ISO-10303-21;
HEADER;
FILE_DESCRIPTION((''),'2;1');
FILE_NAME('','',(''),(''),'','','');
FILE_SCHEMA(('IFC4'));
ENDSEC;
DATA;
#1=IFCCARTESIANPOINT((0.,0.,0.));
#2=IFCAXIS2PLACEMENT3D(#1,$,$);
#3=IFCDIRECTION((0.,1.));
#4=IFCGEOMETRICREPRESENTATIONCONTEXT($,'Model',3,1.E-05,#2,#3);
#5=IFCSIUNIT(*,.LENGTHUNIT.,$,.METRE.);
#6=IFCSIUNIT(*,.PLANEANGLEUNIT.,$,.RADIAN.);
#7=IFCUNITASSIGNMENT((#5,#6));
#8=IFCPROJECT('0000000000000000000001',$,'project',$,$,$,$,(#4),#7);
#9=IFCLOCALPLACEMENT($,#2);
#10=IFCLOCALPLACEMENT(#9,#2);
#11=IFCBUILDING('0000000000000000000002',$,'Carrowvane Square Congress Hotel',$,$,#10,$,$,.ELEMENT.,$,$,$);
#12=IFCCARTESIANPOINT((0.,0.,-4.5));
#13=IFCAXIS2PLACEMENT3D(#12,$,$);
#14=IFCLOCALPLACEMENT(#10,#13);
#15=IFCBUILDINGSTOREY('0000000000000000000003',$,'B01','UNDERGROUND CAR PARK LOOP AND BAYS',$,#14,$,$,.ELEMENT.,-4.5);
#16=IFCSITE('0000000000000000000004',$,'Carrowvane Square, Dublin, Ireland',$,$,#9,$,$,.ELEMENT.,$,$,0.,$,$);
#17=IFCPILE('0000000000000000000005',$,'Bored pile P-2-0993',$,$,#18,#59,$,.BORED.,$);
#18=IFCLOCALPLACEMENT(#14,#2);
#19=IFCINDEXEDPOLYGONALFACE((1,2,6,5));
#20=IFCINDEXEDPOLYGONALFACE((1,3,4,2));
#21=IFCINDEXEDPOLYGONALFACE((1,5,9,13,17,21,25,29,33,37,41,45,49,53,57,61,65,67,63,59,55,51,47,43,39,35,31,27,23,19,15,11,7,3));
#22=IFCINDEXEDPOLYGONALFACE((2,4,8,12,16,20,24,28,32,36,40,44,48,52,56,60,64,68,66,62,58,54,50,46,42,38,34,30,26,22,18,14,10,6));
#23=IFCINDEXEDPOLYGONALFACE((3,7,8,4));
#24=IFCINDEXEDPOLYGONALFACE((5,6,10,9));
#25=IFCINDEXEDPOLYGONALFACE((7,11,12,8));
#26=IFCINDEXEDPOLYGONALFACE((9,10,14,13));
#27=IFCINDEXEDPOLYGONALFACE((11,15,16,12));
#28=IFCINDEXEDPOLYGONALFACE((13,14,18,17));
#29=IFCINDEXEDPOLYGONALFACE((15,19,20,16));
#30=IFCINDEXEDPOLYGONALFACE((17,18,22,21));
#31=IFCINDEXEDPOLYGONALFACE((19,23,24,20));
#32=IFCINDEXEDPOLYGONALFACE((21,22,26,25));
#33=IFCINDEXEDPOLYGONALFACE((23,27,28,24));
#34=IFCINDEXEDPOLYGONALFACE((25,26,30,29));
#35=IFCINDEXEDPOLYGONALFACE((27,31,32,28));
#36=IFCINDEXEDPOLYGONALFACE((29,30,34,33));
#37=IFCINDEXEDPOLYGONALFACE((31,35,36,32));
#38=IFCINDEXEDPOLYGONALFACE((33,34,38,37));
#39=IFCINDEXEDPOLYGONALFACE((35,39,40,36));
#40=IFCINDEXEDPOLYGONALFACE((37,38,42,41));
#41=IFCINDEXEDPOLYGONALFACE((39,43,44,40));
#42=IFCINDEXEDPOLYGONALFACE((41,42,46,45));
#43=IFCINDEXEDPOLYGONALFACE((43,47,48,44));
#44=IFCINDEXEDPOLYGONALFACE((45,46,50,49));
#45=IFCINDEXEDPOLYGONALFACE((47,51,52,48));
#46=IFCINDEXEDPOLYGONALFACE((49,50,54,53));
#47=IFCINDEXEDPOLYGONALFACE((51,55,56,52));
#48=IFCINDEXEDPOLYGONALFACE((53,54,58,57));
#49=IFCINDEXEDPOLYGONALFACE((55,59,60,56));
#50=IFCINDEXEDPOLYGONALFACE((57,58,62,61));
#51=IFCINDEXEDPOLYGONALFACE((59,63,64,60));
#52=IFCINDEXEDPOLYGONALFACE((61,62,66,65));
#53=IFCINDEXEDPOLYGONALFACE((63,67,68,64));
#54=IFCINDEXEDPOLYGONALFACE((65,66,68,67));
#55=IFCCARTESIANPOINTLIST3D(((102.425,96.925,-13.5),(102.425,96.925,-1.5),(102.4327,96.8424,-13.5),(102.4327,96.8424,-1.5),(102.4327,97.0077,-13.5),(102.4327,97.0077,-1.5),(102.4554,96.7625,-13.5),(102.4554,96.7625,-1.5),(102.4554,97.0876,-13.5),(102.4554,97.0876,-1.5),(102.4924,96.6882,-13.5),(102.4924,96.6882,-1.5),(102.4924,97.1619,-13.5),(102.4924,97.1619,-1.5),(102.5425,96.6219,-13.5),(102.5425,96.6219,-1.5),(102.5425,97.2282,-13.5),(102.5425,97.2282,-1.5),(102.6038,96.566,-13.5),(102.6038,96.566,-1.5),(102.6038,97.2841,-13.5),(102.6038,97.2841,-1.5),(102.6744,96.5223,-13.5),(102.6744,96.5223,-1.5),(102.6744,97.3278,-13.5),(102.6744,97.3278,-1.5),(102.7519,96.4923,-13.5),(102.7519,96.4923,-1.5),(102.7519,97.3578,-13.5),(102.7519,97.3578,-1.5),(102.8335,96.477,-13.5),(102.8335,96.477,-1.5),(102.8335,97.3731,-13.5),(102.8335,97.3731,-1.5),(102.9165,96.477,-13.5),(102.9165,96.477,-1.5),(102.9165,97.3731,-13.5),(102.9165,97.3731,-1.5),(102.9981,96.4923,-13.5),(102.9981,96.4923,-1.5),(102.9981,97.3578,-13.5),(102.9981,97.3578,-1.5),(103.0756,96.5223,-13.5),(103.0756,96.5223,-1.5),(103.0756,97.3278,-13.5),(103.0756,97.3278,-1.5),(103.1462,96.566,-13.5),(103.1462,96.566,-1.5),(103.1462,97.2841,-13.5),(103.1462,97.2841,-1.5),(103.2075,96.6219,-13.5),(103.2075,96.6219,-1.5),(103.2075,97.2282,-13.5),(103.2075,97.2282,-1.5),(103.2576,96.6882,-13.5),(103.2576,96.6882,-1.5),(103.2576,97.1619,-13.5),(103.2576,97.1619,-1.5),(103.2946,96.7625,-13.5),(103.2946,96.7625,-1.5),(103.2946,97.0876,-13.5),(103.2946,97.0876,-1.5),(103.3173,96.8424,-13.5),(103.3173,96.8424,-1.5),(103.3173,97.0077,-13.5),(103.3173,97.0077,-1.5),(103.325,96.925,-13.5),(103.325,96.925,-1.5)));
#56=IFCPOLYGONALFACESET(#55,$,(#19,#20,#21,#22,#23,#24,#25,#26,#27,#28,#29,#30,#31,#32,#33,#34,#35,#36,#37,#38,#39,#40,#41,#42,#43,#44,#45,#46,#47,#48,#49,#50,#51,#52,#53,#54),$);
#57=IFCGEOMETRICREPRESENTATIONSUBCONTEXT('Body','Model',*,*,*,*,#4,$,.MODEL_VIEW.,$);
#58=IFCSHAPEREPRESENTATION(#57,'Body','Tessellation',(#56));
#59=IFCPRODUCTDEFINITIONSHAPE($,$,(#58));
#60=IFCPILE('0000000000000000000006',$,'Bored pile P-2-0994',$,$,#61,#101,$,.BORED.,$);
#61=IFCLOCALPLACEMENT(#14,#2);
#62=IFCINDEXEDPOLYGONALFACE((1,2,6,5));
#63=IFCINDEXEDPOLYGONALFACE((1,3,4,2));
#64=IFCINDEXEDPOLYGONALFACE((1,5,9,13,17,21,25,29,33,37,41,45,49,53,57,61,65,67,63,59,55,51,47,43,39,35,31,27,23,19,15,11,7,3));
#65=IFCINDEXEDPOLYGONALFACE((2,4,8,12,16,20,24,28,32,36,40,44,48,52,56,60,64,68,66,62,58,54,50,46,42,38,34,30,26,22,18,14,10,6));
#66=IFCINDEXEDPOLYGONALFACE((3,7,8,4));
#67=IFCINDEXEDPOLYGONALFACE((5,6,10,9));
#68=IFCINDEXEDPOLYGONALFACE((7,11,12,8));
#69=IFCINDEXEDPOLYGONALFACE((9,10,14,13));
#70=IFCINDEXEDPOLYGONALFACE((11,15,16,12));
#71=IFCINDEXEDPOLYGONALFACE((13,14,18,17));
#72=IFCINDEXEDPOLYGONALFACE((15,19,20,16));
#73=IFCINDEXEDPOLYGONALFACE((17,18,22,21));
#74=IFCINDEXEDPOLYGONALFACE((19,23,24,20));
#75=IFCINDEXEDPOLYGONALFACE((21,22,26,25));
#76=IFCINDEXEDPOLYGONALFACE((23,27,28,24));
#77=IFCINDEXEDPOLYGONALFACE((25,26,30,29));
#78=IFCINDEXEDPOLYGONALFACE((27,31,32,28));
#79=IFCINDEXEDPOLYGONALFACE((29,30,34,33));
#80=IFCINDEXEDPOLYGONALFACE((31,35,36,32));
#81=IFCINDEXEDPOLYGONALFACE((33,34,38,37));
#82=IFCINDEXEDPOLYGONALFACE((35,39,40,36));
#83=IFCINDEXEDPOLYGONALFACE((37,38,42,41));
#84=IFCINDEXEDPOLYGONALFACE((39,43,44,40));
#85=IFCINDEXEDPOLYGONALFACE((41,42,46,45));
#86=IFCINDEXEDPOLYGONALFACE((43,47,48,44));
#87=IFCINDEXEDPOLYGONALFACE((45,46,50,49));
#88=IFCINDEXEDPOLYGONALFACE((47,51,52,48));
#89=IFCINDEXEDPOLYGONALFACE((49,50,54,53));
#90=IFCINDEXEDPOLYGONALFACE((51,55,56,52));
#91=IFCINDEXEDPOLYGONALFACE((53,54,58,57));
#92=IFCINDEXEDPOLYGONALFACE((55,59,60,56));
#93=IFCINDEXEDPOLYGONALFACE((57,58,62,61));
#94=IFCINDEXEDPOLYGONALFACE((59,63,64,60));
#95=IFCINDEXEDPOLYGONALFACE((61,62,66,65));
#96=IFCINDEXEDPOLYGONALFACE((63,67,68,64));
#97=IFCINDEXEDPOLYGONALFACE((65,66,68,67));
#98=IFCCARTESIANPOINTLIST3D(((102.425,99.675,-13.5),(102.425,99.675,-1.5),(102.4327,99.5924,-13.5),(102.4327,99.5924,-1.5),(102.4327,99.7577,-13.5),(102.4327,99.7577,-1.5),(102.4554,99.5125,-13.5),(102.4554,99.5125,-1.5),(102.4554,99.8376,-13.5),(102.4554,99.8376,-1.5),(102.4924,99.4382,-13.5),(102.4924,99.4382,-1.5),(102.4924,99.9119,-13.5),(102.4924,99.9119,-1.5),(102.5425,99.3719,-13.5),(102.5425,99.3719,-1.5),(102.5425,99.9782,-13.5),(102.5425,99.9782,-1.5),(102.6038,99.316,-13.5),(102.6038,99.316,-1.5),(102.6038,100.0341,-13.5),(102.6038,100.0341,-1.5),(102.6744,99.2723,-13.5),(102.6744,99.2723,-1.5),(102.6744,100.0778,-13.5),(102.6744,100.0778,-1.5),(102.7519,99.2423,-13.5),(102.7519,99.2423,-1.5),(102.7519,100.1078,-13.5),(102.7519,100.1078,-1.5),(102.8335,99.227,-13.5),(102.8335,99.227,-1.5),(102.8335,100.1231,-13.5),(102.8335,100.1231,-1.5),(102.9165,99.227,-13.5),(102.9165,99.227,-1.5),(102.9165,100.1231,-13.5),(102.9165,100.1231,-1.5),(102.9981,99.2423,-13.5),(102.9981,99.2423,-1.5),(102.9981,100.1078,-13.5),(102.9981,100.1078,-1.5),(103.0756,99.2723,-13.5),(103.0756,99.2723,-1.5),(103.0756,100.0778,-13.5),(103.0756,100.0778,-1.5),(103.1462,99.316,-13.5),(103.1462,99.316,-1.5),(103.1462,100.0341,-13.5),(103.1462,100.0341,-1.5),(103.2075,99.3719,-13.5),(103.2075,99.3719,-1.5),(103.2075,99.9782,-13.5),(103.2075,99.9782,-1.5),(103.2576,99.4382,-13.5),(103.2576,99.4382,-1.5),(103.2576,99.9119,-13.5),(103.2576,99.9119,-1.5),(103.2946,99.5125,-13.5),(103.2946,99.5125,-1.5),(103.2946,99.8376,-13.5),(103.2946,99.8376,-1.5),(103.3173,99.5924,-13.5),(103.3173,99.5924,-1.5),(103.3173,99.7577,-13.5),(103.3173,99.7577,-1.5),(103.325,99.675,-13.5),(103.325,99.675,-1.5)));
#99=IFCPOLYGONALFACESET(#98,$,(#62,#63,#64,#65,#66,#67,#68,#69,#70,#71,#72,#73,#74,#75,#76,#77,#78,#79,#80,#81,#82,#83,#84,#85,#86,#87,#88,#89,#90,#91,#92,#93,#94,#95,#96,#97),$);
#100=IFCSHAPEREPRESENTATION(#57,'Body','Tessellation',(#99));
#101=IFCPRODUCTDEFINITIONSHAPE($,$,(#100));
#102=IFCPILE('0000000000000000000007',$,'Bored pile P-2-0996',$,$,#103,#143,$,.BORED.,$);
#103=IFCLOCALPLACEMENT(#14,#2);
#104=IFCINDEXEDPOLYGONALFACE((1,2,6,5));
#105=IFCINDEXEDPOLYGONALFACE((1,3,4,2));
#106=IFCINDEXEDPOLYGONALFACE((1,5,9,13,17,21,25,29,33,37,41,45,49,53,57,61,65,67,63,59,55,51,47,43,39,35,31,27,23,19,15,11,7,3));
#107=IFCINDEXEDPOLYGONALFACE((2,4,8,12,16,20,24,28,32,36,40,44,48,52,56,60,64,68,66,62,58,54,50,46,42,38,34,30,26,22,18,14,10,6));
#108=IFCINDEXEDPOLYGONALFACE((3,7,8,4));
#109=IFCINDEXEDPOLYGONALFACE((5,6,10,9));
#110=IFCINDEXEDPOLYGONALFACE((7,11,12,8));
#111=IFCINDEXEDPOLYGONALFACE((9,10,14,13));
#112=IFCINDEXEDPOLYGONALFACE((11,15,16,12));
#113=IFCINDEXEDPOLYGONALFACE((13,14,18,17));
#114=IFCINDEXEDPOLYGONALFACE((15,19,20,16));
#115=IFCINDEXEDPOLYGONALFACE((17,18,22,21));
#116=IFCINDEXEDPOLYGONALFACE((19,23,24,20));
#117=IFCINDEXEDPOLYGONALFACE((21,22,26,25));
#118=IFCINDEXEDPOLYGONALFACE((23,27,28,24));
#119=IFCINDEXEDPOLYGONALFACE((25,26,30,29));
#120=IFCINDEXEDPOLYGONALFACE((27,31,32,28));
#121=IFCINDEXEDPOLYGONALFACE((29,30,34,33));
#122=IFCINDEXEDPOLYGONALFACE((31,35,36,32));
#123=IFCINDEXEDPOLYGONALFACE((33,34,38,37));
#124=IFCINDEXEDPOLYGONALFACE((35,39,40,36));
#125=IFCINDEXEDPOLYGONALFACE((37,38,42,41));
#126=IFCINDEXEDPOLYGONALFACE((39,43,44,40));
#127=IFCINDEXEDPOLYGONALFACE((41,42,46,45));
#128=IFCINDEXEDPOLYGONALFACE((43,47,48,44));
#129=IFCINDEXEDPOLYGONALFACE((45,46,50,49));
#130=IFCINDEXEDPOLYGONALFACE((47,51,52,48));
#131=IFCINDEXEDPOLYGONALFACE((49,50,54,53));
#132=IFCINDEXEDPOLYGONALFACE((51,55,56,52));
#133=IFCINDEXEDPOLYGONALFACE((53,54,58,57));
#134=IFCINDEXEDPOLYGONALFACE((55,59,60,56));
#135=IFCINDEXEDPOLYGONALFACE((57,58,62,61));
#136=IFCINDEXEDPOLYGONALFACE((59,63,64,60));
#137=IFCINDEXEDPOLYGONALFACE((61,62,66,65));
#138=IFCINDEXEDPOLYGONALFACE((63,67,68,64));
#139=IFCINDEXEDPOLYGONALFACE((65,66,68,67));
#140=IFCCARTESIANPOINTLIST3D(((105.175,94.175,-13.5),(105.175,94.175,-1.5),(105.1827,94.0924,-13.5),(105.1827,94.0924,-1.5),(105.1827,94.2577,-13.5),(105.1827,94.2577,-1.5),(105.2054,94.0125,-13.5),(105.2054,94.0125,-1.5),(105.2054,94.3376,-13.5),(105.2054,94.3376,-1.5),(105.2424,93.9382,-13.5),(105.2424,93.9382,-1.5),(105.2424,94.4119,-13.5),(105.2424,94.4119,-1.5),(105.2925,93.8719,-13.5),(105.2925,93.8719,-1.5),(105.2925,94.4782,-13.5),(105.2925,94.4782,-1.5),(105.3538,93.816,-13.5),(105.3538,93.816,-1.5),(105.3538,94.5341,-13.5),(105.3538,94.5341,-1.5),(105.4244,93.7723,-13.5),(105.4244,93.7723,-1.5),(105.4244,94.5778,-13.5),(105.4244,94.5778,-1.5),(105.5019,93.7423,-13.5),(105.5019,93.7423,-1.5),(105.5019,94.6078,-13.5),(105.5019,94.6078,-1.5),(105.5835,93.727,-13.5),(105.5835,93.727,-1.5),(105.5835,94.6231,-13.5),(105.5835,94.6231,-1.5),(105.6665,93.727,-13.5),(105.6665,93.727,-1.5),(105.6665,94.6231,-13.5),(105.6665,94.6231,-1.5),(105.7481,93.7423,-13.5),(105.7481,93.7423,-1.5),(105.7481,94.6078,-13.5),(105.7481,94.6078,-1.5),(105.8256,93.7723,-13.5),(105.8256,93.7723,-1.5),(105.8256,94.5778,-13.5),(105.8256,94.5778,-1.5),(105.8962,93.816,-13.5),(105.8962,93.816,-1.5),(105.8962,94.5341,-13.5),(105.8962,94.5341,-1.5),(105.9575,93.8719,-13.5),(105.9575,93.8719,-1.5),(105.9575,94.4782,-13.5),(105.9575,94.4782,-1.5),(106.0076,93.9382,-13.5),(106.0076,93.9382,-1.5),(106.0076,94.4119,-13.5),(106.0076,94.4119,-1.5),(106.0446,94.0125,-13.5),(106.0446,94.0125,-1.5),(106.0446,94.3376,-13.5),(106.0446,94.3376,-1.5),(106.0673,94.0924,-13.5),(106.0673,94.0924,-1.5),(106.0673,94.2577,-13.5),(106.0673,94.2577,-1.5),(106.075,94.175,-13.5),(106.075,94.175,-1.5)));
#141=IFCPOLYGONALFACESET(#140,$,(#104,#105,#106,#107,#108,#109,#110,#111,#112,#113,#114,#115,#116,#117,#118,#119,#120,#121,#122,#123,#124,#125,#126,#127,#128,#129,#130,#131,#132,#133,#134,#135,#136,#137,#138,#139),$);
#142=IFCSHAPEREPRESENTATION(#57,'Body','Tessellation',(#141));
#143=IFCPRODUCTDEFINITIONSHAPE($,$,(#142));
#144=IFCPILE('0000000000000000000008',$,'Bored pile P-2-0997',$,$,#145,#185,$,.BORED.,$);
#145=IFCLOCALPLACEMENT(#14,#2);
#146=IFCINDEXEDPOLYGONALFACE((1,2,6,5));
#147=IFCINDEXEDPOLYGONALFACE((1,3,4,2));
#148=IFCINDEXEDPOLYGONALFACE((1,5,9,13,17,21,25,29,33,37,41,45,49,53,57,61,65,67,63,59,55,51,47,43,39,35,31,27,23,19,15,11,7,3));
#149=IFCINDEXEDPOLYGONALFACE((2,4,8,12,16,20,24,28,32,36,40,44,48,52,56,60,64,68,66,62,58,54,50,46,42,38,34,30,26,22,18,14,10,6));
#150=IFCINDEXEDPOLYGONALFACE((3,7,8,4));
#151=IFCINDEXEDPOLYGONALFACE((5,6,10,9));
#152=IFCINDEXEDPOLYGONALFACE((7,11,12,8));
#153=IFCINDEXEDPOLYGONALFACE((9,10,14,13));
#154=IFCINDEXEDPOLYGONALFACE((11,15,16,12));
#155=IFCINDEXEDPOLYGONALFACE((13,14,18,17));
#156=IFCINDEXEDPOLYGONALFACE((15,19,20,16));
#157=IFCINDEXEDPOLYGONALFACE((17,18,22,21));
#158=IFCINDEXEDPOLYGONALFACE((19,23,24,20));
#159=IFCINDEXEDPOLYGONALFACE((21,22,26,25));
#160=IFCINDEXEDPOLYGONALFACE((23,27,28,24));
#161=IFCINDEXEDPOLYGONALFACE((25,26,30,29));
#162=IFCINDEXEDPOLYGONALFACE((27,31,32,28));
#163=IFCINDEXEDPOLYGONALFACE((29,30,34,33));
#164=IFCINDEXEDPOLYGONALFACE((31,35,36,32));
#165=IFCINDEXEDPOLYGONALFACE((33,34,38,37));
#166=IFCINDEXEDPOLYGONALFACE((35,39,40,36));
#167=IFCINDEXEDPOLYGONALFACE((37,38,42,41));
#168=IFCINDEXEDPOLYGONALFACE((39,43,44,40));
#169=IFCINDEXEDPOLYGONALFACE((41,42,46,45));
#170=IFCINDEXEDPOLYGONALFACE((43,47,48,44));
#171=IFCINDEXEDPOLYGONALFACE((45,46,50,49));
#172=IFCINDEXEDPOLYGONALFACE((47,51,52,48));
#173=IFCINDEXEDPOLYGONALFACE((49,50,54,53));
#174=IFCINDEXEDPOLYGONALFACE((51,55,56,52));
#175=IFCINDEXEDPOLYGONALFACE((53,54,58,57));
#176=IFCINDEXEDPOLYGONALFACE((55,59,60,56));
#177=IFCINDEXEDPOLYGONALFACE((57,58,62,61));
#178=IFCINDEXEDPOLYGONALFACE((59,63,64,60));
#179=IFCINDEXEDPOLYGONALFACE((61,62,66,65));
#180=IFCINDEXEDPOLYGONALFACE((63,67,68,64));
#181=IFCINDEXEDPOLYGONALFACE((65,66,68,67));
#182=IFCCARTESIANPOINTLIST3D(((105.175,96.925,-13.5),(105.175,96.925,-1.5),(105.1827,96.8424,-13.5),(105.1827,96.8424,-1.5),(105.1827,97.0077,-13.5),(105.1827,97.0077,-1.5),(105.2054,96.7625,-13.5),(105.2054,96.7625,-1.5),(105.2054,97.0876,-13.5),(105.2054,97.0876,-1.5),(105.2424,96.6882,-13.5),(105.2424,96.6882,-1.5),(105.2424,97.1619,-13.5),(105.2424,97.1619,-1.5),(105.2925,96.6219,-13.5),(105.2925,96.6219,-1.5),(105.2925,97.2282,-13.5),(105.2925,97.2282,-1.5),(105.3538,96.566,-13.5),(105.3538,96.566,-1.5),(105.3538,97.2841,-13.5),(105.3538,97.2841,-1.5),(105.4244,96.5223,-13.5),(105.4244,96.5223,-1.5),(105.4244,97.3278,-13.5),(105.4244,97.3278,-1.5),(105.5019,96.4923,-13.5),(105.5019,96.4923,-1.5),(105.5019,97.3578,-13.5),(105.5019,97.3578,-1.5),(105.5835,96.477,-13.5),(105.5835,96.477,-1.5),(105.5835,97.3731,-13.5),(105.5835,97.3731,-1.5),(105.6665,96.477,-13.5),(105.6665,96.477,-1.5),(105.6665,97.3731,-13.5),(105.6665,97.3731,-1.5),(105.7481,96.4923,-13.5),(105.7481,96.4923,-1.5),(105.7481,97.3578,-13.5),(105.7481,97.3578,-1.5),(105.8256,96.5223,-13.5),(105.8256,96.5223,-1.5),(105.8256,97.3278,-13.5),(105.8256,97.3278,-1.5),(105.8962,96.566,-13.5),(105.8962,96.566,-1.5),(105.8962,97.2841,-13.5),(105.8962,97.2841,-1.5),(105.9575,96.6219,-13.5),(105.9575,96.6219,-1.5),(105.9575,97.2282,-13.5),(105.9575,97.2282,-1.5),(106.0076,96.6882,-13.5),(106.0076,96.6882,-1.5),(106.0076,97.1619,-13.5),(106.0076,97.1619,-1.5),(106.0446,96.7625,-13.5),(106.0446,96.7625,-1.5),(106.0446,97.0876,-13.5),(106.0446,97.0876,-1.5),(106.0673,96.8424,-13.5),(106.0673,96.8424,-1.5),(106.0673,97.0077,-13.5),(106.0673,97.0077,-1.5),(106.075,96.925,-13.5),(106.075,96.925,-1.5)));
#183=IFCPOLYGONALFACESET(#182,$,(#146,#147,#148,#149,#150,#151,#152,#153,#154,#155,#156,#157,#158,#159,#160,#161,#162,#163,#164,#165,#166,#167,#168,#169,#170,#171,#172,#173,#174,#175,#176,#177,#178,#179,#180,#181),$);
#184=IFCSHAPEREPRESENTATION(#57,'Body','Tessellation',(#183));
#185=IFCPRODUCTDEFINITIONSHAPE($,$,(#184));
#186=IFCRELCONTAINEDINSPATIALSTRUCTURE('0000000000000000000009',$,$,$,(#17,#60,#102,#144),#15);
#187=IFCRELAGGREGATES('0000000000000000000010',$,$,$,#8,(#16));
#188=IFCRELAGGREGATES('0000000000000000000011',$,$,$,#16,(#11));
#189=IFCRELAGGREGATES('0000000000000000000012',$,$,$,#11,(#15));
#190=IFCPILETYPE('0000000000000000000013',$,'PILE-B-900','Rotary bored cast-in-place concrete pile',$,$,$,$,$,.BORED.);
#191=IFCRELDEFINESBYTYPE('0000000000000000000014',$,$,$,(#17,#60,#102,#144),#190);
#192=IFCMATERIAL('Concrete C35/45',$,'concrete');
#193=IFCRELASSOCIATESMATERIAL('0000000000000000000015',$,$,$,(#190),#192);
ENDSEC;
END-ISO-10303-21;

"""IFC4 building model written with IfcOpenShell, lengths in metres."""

from ifc_helpers import new_model, si_unit, direction, frame, origin, origin_2d, place, context, subcontext, project, spatial, circle, extrude, material, material_profile, profile_set, type_object, element, save


model = new_model("IFC4")

# Units and contexts
model_context = context("Model", 3, precision=1e-05, world=origin(), true_north=direction((0.0, 1.0)))
body_context = subcontext(model_context, "Body", "Model", "MODEL_VIEW")
ifc_project = project(units=[si_unit("LENGTHUNIT", "METRE"), si_unit("PLANEANGLEUNIT", "RADIAN")], contexts=[model_context])

# Site, building, storey
site_placement = place(None, origin())
site = spatial("IfcSite", under=ifc_project, at=site_placement, Name="Carrowvane Square, Dublin, Ireland", CompositionType="ELEMENT", RefElevation=0.0)
building_placement = place(site_placement, origin())
building = spatial("IfcBuilding", under=site, at=building_placement, Name="Carrowvane Square Congress Hotel", CompositionType="ELEMENT")
storey_placement = place(building_placement, frame((0.0, 0.0, -4.5)))
storey = spatial("IfcBuildingStorey", under=building, at=storey_placement, Name="B01", Description="UNDERGROUND CAR PARK LOOP AND BAYS", CompositionType="ELEMENT", Elevation=-4.5)

# Piles
ifc_material_1 = material(Name="Concrete C35/45", Category="concrete")
ifc_material_profile_1 = material_profile(ifc_material_1, circle(Radius=0.45, at=origin_2d()), Name="PILE D900")
ifc_profile_set_1 = profile_set([ifc_material_profile_1], Name="Concrete C35/45")
pile_type = type_object("IfcPileType", Name="PILE-B-900", Description="Rotary bored cast-in-place concrete pile", PredefinedType="BORED", material=ifc_profile_set_1)
for number, where, z_axis, x_axis, name in (
    (1, (102.875, 96.925, -1.5), (0.0, 0.0, -1.0), (1.0, 0.0, 0.0), "Bored pile P-2-0993"),
    (2, (102.875, 99.675, -1.5), (0.0, 0.0, -1.0), (1.0, 0.0, 0.0), "Bored pile P-2-0994"),
    (3, (105.625, 94.175, -1.5), (0.0, 0.0, -1.0), (1.0, 0.0, 0.0), "Bored pile P-2-0996"),
    (4, (105.625, 96.925, -1.5), (0.0, 0.0, -1.0), (1.0, 0.0, 0.0), "Bored pile P-2-0997"),
):
    element("IfcPile", number, at=place(storey_placement, frame(where, z_axis=z_axis, x_axis=x_axis)), inside=storey, type_object=pile_type, Name=name, PredefinedType="BORED", context=body_context, shape_type="SweptSolid", body=[
        extrude(circle(Radius=0.45, at=origin_2d()), origin(), (0.0, 0.0, 1.0), 12.0),
    ])

save(model, "model.ifc")
